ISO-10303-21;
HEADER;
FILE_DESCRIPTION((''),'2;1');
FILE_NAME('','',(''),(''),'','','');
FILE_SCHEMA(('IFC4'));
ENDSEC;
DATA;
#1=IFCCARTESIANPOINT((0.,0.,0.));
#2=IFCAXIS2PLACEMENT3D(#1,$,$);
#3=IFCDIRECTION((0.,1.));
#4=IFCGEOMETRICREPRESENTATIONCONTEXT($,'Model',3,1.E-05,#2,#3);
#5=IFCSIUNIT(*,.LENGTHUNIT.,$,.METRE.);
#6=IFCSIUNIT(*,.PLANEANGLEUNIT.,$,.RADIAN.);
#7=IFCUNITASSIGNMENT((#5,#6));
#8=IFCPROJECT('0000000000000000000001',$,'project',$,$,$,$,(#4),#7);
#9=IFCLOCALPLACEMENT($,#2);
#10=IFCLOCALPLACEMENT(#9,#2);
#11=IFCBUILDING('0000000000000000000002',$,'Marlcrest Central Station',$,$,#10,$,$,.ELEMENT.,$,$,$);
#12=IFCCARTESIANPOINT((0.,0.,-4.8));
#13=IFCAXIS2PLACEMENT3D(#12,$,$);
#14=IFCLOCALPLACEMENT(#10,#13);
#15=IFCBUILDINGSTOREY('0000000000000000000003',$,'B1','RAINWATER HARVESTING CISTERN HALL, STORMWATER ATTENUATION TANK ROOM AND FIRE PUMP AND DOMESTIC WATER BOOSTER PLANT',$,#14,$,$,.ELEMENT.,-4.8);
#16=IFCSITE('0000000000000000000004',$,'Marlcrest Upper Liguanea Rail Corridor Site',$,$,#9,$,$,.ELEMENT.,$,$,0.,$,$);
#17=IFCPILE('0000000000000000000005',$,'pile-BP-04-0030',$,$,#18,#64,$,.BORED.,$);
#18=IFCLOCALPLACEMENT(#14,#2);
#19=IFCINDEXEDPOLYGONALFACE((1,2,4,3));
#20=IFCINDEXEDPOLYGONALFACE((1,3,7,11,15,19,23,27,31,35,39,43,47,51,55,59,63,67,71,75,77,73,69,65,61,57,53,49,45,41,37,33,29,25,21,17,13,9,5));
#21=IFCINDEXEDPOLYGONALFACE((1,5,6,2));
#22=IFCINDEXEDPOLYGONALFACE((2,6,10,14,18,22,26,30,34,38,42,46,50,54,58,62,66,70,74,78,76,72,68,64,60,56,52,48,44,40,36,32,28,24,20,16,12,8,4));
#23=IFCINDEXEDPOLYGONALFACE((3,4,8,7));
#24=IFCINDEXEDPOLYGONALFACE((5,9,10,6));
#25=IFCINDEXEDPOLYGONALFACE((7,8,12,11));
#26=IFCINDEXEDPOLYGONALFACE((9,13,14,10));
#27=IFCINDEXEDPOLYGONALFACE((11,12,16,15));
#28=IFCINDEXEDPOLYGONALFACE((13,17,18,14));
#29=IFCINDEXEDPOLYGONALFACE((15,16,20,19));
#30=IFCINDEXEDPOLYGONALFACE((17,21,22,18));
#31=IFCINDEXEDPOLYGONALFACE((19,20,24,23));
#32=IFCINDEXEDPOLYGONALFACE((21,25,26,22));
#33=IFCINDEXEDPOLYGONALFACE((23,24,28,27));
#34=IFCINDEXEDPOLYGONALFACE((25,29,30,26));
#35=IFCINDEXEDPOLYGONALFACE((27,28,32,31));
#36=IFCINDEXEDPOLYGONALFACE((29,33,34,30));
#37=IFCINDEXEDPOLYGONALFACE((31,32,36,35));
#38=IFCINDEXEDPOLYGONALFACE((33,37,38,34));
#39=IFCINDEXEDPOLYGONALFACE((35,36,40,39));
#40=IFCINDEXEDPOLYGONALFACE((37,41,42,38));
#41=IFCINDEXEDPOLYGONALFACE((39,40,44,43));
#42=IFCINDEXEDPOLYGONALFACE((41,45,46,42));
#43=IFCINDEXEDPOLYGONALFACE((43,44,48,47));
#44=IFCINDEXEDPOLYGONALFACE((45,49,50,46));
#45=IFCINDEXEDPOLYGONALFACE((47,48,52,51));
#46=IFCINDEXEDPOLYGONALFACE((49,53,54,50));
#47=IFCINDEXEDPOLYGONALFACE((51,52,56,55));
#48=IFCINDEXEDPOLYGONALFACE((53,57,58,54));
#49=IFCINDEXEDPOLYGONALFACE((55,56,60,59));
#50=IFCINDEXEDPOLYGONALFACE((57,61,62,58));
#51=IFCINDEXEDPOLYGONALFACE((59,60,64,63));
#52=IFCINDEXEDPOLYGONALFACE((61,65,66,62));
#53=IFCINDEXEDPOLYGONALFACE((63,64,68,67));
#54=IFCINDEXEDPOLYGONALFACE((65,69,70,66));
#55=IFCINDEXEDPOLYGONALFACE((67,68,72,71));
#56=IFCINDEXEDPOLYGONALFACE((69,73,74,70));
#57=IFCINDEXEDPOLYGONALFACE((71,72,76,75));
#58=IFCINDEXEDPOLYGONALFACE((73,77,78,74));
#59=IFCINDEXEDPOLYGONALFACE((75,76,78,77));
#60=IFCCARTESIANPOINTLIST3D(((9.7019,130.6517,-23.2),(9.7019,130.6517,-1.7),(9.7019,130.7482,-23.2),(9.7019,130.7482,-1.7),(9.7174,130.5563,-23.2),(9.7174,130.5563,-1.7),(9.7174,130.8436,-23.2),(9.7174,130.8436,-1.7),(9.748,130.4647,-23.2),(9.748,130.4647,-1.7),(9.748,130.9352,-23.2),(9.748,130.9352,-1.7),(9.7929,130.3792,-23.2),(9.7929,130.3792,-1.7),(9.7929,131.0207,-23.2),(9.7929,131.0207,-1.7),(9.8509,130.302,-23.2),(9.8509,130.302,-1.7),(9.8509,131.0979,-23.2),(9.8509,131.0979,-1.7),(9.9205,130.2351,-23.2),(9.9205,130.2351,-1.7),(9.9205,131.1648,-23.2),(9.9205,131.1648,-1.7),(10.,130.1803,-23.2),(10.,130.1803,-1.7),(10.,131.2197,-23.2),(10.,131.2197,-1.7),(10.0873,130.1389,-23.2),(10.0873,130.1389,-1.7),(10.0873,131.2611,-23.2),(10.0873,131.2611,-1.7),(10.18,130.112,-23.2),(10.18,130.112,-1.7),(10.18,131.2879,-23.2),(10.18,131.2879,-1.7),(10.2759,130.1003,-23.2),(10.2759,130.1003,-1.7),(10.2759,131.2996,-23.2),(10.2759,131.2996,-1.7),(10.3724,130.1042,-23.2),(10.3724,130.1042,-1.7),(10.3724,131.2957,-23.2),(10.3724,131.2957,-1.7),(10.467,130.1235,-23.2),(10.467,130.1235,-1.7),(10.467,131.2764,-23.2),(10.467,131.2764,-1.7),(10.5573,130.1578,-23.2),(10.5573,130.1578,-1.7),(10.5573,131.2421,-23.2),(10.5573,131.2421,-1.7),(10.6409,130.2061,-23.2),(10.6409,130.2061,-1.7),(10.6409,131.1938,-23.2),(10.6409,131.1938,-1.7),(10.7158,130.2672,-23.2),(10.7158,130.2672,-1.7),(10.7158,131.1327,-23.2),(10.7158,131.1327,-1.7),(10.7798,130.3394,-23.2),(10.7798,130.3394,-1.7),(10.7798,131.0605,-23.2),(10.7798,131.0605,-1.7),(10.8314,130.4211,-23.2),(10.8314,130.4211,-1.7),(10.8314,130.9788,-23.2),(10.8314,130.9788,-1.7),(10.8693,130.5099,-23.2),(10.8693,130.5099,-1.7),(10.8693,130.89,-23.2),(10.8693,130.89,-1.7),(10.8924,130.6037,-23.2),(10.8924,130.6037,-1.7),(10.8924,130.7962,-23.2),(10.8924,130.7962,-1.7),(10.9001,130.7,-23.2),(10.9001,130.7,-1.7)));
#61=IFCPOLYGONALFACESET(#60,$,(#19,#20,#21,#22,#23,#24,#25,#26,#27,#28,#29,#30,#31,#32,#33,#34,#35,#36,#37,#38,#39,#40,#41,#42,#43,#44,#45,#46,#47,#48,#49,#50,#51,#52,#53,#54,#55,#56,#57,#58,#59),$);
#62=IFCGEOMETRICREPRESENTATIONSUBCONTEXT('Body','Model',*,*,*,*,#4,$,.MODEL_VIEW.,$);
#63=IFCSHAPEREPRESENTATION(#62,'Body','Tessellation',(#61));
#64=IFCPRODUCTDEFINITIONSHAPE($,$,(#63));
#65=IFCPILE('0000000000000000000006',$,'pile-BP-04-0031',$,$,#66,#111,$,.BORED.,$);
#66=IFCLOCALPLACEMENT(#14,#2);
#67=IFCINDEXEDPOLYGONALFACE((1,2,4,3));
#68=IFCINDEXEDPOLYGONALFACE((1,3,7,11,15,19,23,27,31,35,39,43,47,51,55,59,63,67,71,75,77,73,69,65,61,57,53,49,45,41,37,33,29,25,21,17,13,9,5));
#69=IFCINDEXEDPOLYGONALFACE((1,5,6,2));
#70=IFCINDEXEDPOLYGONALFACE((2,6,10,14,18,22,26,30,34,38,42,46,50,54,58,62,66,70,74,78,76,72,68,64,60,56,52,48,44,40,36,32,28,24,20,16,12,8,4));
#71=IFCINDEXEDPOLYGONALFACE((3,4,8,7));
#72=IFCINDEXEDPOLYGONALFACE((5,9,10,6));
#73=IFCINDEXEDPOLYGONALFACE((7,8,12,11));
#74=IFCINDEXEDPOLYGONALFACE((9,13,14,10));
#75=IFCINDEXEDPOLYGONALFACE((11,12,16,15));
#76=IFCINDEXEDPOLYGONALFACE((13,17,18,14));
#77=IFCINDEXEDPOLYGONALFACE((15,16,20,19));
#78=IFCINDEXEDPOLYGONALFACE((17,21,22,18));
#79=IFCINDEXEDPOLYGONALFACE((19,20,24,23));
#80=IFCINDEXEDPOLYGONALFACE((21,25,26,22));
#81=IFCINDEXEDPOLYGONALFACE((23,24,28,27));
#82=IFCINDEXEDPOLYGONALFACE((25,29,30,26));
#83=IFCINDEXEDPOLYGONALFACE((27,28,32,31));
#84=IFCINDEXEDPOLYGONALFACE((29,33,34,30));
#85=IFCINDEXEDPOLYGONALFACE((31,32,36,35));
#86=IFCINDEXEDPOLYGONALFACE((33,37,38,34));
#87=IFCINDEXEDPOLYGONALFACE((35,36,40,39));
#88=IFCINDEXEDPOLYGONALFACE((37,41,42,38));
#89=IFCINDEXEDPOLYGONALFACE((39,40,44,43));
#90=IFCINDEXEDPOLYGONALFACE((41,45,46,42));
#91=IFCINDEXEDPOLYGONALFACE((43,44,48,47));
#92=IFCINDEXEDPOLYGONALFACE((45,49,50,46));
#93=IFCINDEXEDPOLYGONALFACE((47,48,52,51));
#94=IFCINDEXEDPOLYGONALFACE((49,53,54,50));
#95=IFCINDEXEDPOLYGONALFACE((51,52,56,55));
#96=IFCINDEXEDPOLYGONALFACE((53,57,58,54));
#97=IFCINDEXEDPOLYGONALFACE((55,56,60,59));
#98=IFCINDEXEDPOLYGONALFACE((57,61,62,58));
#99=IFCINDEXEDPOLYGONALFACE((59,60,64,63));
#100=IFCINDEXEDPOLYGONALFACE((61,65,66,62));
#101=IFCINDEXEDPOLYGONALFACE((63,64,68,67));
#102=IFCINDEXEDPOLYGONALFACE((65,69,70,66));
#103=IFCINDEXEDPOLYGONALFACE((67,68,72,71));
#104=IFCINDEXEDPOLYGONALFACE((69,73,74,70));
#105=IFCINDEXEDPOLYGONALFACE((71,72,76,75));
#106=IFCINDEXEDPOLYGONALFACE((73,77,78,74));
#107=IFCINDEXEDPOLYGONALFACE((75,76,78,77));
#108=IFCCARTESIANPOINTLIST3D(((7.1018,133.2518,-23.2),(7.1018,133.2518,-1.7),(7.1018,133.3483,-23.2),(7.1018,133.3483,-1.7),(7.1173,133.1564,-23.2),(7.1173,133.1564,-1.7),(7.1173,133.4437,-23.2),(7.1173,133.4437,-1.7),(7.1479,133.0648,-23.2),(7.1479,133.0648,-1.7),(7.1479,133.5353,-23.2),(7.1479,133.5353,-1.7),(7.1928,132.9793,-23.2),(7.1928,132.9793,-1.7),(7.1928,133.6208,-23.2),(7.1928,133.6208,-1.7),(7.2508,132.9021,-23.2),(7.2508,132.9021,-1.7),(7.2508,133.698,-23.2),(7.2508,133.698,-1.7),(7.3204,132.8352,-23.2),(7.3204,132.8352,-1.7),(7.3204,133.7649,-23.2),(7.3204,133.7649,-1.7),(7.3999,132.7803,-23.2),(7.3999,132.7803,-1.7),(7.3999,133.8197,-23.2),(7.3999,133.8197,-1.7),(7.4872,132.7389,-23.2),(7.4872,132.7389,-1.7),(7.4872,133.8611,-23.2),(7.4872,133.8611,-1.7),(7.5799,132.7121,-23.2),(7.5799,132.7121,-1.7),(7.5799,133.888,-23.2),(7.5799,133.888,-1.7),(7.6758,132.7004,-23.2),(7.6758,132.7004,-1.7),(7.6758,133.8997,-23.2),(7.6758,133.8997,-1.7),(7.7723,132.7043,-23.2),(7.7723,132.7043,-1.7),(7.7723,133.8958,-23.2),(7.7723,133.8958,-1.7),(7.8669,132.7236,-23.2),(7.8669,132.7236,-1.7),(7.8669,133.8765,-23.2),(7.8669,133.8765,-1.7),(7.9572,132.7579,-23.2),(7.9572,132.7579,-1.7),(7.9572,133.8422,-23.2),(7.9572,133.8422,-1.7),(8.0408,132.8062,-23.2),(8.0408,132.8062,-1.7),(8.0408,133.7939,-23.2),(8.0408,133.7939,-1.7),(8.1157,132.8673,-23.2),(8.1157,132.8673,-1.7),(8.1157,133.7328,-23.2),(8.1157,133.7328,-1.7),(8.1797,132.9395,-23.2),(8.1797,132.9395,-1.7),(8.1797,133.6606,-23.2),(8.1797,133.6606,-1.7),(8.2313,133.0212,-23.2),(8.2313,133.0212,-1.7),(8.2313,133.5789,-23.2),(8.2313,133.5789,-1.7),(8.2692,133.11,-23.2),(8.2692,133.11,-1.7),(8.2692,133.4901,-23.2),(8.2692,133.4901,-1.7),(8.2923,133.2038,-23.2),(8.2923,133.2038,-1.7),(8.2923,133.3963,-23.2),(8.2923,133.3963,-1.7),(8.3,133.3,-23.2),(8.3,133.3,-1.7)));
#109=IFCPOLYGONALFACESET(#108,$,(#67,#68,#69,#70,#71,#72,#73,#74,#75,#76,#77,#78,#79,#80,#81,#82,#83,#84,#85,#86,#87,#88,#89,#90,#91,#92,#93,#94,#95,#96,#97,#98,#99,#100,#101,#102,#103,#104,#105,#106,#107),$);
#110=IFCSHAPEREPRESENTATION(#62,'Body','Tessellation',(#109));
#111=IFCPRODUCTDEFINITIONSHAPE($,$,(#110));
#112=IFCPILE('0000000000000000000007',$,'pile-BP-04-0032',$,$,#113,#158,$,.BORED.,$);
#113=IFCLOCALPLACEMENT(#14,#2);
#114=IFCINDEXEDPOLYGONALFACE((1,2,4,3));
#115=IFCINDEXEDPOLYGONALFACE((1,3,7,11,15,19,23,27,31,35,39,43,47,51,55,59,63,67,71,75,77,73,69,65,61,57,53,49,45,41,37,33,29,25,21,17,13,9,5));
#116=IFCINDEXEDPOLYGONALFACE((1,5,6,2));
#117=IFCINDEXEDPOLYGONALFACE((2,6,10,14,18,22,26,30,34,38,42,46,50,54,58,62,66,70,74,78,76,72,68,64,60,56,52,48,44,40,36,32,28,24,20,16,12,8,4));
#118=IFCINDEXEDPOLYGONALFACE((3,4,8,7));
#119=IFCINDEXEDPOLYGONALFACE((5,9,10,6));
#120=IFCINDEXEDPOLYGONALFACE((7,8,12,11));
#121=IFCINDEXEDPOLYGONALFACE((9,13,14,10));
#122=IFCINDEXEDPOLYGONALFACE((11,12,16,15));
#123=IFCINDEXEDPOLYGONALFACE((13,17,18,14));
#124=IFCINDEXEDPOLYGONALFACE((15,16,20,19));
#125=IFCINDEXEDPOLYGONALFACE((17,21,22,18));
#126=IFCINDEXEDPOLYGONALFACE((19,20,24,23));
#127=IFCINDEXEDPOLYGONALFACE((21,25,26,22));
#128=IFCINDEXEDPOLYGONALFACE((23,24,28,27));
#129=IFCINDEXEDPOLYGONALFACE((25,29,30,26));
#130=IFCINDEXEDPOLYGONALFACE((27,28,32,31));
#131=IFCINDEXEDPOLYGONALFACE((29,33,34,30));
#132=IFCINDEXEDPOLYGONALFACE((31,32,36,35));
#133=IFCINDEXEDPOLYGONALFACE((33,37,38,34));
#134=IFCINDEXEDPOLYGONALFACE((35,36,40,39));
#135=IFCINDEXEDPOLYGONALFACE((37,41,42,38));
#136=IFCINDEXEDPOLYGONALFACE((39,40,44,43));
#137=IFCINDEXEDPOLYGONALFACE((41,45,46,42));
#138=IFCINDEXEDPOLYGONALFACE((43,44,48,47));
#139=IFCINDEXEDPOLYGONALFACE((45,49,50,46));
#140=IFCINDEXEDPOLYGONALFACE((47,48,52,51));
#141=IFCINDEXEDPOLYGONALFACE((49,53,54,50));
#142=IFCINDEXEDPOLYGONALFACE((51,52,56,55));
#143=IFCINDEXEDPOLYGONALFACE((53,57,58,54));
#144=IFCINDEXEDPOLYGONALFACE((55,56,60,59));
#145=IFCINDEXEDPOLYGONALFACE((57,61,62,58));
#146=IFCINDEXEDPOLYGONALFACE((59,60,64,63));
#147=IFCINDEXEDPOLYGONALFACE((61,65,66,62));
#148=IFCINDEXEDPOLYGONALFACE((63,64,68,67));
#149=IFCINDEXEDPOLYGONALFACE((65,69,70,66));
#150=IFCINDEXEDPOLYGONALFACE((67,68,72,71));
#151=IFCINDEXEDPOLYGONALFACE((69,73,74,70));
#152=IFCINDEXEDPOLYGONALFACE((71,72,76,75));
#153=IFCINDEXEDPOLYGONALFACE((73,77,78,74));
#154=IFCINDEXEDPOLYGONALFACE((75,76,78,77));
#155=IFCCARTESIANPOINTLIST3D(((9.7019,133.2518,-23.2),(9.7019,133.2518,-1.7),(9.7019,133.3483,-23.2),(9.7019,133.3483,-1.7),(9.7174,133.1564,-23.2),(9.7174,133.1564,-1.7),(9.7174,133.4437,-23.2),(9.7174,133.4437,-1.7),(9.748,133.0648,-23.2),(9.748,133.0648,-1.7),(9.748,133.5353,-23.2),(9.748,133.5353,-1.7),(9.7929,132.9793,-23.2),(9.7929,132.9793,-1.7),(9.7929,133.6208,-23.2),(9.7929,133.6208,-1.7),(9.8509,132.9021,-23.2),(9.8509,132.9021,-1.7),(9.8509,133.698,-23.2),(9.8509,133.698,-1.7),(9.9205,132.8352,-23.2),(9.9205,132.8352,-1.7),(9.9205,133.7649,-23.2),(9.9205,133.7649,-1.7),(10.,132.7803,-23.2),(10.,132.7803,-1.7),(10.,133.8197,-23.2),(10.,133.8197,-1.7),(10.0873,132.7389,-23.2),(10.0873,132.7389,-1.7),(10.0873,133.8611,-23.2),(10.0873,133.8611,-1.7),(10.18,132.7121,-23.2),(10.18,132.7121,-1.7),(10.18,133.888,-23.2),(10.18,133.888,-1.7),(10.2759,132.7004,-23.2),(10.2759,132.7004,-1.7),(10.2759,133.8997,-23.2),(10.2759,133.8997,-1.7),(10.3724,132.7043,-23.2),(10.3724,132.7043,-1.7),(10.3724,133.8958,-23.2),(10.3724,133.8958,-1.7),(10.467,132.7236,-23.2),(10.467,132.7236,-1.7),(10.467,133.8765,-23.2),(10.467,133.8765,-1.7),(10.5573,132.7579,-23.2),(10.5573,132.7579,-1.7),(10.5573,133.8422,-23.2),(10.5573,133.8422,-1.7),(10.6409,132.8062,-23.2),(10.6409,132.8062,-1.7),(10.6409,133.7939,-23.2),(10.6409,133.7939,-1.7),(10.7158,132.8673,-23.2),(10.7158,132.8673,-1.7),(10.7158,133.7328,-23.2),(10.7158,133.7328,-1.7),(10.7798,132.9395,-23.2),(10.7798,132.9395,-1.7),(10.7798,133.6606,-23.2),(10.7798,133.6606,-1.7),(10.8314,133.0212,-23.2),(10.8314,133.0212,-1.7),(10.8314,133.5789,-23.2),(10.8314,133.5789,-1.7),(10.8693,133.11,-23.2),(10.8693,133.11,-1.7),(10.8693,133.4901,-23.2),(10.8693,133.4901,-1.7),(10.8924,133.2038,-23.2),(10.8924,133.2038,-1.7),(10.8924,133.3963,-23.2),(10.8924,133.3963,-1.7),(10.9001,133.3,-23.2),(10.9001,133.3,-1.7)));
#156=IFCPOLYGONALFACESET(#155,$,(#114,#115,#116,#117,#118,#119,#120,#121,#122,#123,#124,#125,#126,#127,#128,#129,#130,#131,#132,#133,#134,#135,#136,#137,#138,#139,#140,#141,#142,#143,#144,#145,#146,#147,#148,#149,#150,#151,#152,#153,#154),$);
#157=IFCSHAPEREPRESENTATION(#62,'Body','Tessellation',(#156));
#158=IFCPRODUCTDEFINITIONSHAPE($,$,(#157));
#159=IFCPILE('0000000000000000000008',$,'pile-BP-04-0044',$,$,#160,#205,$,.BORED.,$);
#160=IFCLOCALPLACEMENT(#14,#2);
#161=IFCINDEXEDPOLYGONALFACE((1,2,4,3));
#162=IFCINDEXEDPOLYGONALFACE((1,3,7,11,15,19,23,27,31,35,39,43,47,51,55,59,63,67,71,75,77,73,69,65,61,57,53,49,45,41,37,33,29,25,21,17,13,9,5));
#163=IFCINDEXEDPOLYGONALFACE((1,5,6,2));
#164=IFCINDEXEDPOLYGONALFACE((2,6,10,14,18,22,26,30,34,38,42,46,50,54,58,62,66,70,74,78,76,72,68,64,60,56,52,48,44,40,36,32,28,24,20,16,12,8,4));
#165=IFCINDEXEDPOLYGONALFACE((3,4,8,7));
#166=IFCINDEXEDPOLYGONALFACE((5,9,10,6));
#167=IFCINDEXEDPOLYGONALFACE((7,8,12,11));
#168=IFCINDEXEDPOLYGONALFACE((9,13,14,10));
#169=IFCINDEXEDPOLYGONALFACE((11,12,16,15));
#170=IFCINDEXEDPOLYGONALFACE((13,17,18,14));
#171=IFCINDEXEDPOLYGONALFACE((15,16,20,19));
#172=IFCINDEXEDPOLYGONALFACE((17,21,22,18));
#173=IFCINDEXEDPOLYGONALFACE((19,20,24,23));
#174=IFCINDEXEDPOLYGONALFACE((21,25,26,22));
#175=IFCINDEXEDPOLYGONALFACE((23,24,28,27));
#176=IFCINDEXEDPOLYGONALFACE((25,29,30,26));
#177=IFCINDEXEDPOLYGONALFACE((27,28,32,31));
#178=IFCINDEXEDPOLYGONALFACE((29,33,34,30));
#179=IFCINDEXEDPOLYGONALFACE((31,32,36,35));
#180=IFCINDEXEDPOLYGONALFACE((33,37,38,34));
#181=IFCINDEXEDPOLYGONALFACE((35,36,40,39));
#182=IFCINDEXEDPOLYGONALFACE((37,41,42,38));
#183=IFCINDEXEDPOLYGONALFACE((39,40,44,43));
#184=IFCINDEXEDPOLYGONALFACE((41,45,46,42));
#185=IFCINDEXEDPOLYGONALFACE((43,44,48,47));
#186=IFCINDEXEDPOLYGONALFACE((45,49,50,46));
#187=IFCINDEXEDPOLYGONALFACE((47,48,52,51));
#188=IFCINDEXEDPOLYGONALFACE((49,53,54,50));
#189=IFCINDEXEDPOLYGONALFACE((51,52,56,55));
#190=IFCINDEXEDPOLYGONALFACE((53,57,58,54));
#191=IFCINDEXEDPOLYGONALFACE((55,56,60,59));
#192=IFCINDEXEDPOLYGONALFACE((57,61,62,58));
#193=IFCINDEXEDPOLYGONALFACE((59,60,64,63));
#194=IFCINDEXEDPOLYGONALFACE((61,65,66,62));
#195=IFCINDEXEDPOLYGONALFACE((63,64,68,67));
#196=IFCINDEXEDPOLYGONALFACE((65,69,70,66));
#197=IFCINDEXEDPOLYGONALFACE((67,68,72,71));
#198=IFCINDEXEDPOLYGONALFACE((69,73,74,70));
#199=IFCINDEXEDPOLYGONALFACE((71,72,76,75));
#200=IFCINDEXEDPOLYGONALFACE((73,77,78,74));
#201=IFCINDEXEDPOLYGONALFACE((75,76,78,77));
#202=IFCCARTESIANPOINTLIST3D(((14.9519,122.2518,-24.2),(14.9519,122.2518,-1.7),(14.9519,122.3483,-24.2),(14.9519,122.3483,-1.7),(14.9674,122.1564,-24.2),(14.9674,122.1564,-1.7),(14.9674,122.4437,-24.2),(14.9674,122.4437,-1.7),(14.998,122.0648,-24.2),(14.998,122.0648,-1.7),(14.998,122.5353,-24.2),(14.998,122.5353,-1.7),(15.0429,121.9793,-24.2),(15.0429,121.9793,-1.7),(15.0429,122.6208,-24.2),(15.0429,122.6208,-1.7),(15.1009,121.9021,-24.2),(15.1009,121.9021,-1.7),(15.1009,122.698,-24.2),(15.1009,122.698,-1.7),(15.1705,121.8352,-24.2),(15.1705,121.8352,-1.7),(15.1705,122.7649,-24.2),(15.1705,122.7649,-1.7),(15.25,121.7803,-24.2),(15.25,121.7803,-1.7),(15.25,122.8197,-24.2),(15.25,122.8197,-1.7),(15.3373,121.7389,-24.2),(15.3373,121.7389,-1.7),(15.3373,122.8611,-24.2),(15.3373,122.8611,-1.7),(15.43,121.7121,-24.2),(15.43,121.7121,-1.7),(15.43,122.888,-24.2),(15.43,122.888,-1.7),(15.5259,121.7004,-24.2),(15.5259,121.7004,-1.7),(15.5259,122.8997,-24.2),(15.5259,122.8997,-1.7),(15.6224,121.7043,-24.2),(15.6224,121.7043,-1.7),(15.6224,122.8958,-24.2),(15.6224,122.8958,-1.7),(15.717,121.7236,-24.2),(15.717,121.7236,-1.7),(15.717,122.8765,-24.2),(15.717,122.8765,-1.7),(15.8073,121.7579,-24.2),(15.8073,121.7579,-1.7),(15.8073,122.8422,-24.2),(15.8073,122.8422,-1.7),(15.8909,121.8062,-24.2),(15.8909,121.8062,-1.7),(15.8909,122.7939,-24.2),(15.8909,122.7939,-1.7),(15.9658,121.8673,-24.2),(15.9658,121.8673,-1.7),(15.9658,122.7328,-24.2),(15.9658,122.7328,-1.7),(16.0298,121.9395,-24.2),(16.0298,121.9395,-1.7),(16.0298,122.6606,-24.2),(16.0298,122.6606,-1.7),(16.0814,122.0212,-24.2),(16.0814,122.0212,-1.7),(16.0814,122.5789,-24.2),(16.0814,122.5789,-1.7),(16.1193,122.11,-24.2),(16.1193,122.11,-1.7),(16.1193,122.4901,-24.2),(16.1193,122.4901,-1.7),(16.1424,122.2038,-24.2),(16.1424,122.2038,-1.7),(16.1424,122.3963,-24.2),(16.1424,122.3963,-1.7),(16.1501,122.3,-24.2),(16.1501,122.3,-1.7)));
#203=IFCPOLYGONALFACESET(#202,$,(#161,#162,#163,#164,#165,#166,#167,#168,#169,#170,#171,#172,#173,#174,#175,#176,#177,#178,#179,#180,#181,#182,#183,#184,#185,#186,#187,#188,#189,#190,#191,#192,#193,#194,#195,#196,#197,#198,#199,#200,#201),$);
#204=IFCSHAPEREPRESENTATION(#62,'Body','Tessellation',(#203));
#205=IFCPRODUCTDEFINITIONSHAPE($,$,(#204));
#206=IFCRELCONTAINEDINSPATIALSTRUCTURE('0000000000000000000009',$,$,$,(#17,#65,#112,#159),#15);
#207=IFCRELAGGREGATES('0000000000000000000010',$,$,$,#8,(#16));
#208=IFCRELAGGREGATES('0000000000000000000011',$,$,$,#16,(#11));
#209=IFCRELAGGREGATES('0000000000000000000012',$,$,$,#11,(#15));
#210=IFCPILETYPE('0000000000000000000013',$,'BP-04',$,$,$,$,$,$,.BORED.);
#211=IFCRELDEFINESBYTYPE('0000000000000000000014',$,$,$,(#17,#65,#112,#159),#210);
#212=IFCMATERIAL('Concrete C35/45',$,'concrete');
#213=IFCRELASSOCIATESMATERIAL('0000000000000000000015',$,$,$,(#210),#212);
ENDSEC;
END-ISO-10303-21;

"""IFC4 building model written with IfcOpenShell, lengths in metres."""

from ifc_helpers import new_model, si_unit, direction, frame, origin, origin_2d, place, context, subcontext, project, spatial, circle, extrude, material, material_profile, profile_set, type_object, element, save


model = new_model("IFC4")

# Units and contexts
model_context = context("Model", 3, precision=1e-05, world=origin(), true_north=direction((0.0, 1.0)))
body_context = subcontext(model_context, "Body", "Model", "MODEL_VIEW")
ifc_project = project(units=[si_unit("LENGTHUNIT", "METRE"), si_unit("PLANEANGLEUNIT", "RADIAN")], contexts=[model_context])

# Site, building, storey
site_placement = place(None, origin())
site = spatial("IfcSite", under=ifc_project, at=site_placement, Name="Marlcrest Upper Liguanea Rail Corridor Site", CompositionType="ELEMENT", RefElevation=0.0)
building_placement = place(site_placement, origin())
building = spatial("IfcBuilding", under=site, at=building_placement, Name="Marlcrest Central Station", CompositionType="ELEMENT")
storey_placement = place(building_placement, frame((0.0, 0.0, -4.8)))
storey = spatial("IfcBuildingStorey", under=building, at=storey_placement, Name="B1", Description="RAINWATER HARVESTING CISTERN HALL, STORMWATER ATTENUATION TANK ROOM AND FIRE PUMP AND DOMESTIC WATER BOOSTER PLANT", CompositionType="ELEMENT", Elevation=-4.8)

# Piles
ifc_material_1 = material(Name="Concrete C35/45", Category="concrete")
ifc_material_profile_1 = material_profile(ifc_material_1, circle(Radius=0.6001, at=origin_2d()), Name="PILE D1200")
ifc_profile_set_1 = profile_set([ifc_material_profile_1], Name="Concrete C35/45")
pile_type = type_object("IfcPileType", Name="BP-04", PredefinedType="BORED", material=ifc_profile_set_1)
for number, where, z_axis, x_axis, name in (
    (1, (10.3, 130.7, -1.7), (0.0, 0.0, -1.0), (1.0, 0.0, 0.0), "pile-BP-04-0030"),
    (2, (7.7, 133.3, -1.7), (0.0, 0.0, -1.0), (1.0, 0.0, 0.0), "pile-BP-04-0031"),
    (3, (10.3, 133.3, -1.7), (0.0, 0.0, -1.0), (1.0, 0.0, 0.0), "pile-BP-04-0032"),
):
    element("IfcPile", number, at=place(storey_placement, frame(where, z_axis=z_axis, x_axis=x_axis)), inside=storey, type_object=pile_type, Name=name, PredefinedType="BORED", context=body_context, shape_type="SweptSolid", body=[
        extrude(circle(Radius=0.6001, at=origin_2d()), origin(), (0.0, 0.0, 1.0), 21.5),
    ])
for number, where, z_axis, x_axis, name in (
    (4, (15.55, 122.3, -1.7), (0.0, 0.0, -1.0), (1.0, 0.0, 0.0), "pile-BP-04-0044"),
):
    element("IfcPile", number, at=place(storey_placement, frame(where, z_axis=z_axis, x_axis=x_axis)), inside=storey, type_object=pile_type, Name=name, PredefinedType="BORED", context=body_context, shape_type="SweptSolid", body=[
        extrude(circle(Radius=0.6001, at=origin_2d()), origin(), (0.0, 0.0, 1.0), 22.5),
    ])

save(model, "model.ifc")
